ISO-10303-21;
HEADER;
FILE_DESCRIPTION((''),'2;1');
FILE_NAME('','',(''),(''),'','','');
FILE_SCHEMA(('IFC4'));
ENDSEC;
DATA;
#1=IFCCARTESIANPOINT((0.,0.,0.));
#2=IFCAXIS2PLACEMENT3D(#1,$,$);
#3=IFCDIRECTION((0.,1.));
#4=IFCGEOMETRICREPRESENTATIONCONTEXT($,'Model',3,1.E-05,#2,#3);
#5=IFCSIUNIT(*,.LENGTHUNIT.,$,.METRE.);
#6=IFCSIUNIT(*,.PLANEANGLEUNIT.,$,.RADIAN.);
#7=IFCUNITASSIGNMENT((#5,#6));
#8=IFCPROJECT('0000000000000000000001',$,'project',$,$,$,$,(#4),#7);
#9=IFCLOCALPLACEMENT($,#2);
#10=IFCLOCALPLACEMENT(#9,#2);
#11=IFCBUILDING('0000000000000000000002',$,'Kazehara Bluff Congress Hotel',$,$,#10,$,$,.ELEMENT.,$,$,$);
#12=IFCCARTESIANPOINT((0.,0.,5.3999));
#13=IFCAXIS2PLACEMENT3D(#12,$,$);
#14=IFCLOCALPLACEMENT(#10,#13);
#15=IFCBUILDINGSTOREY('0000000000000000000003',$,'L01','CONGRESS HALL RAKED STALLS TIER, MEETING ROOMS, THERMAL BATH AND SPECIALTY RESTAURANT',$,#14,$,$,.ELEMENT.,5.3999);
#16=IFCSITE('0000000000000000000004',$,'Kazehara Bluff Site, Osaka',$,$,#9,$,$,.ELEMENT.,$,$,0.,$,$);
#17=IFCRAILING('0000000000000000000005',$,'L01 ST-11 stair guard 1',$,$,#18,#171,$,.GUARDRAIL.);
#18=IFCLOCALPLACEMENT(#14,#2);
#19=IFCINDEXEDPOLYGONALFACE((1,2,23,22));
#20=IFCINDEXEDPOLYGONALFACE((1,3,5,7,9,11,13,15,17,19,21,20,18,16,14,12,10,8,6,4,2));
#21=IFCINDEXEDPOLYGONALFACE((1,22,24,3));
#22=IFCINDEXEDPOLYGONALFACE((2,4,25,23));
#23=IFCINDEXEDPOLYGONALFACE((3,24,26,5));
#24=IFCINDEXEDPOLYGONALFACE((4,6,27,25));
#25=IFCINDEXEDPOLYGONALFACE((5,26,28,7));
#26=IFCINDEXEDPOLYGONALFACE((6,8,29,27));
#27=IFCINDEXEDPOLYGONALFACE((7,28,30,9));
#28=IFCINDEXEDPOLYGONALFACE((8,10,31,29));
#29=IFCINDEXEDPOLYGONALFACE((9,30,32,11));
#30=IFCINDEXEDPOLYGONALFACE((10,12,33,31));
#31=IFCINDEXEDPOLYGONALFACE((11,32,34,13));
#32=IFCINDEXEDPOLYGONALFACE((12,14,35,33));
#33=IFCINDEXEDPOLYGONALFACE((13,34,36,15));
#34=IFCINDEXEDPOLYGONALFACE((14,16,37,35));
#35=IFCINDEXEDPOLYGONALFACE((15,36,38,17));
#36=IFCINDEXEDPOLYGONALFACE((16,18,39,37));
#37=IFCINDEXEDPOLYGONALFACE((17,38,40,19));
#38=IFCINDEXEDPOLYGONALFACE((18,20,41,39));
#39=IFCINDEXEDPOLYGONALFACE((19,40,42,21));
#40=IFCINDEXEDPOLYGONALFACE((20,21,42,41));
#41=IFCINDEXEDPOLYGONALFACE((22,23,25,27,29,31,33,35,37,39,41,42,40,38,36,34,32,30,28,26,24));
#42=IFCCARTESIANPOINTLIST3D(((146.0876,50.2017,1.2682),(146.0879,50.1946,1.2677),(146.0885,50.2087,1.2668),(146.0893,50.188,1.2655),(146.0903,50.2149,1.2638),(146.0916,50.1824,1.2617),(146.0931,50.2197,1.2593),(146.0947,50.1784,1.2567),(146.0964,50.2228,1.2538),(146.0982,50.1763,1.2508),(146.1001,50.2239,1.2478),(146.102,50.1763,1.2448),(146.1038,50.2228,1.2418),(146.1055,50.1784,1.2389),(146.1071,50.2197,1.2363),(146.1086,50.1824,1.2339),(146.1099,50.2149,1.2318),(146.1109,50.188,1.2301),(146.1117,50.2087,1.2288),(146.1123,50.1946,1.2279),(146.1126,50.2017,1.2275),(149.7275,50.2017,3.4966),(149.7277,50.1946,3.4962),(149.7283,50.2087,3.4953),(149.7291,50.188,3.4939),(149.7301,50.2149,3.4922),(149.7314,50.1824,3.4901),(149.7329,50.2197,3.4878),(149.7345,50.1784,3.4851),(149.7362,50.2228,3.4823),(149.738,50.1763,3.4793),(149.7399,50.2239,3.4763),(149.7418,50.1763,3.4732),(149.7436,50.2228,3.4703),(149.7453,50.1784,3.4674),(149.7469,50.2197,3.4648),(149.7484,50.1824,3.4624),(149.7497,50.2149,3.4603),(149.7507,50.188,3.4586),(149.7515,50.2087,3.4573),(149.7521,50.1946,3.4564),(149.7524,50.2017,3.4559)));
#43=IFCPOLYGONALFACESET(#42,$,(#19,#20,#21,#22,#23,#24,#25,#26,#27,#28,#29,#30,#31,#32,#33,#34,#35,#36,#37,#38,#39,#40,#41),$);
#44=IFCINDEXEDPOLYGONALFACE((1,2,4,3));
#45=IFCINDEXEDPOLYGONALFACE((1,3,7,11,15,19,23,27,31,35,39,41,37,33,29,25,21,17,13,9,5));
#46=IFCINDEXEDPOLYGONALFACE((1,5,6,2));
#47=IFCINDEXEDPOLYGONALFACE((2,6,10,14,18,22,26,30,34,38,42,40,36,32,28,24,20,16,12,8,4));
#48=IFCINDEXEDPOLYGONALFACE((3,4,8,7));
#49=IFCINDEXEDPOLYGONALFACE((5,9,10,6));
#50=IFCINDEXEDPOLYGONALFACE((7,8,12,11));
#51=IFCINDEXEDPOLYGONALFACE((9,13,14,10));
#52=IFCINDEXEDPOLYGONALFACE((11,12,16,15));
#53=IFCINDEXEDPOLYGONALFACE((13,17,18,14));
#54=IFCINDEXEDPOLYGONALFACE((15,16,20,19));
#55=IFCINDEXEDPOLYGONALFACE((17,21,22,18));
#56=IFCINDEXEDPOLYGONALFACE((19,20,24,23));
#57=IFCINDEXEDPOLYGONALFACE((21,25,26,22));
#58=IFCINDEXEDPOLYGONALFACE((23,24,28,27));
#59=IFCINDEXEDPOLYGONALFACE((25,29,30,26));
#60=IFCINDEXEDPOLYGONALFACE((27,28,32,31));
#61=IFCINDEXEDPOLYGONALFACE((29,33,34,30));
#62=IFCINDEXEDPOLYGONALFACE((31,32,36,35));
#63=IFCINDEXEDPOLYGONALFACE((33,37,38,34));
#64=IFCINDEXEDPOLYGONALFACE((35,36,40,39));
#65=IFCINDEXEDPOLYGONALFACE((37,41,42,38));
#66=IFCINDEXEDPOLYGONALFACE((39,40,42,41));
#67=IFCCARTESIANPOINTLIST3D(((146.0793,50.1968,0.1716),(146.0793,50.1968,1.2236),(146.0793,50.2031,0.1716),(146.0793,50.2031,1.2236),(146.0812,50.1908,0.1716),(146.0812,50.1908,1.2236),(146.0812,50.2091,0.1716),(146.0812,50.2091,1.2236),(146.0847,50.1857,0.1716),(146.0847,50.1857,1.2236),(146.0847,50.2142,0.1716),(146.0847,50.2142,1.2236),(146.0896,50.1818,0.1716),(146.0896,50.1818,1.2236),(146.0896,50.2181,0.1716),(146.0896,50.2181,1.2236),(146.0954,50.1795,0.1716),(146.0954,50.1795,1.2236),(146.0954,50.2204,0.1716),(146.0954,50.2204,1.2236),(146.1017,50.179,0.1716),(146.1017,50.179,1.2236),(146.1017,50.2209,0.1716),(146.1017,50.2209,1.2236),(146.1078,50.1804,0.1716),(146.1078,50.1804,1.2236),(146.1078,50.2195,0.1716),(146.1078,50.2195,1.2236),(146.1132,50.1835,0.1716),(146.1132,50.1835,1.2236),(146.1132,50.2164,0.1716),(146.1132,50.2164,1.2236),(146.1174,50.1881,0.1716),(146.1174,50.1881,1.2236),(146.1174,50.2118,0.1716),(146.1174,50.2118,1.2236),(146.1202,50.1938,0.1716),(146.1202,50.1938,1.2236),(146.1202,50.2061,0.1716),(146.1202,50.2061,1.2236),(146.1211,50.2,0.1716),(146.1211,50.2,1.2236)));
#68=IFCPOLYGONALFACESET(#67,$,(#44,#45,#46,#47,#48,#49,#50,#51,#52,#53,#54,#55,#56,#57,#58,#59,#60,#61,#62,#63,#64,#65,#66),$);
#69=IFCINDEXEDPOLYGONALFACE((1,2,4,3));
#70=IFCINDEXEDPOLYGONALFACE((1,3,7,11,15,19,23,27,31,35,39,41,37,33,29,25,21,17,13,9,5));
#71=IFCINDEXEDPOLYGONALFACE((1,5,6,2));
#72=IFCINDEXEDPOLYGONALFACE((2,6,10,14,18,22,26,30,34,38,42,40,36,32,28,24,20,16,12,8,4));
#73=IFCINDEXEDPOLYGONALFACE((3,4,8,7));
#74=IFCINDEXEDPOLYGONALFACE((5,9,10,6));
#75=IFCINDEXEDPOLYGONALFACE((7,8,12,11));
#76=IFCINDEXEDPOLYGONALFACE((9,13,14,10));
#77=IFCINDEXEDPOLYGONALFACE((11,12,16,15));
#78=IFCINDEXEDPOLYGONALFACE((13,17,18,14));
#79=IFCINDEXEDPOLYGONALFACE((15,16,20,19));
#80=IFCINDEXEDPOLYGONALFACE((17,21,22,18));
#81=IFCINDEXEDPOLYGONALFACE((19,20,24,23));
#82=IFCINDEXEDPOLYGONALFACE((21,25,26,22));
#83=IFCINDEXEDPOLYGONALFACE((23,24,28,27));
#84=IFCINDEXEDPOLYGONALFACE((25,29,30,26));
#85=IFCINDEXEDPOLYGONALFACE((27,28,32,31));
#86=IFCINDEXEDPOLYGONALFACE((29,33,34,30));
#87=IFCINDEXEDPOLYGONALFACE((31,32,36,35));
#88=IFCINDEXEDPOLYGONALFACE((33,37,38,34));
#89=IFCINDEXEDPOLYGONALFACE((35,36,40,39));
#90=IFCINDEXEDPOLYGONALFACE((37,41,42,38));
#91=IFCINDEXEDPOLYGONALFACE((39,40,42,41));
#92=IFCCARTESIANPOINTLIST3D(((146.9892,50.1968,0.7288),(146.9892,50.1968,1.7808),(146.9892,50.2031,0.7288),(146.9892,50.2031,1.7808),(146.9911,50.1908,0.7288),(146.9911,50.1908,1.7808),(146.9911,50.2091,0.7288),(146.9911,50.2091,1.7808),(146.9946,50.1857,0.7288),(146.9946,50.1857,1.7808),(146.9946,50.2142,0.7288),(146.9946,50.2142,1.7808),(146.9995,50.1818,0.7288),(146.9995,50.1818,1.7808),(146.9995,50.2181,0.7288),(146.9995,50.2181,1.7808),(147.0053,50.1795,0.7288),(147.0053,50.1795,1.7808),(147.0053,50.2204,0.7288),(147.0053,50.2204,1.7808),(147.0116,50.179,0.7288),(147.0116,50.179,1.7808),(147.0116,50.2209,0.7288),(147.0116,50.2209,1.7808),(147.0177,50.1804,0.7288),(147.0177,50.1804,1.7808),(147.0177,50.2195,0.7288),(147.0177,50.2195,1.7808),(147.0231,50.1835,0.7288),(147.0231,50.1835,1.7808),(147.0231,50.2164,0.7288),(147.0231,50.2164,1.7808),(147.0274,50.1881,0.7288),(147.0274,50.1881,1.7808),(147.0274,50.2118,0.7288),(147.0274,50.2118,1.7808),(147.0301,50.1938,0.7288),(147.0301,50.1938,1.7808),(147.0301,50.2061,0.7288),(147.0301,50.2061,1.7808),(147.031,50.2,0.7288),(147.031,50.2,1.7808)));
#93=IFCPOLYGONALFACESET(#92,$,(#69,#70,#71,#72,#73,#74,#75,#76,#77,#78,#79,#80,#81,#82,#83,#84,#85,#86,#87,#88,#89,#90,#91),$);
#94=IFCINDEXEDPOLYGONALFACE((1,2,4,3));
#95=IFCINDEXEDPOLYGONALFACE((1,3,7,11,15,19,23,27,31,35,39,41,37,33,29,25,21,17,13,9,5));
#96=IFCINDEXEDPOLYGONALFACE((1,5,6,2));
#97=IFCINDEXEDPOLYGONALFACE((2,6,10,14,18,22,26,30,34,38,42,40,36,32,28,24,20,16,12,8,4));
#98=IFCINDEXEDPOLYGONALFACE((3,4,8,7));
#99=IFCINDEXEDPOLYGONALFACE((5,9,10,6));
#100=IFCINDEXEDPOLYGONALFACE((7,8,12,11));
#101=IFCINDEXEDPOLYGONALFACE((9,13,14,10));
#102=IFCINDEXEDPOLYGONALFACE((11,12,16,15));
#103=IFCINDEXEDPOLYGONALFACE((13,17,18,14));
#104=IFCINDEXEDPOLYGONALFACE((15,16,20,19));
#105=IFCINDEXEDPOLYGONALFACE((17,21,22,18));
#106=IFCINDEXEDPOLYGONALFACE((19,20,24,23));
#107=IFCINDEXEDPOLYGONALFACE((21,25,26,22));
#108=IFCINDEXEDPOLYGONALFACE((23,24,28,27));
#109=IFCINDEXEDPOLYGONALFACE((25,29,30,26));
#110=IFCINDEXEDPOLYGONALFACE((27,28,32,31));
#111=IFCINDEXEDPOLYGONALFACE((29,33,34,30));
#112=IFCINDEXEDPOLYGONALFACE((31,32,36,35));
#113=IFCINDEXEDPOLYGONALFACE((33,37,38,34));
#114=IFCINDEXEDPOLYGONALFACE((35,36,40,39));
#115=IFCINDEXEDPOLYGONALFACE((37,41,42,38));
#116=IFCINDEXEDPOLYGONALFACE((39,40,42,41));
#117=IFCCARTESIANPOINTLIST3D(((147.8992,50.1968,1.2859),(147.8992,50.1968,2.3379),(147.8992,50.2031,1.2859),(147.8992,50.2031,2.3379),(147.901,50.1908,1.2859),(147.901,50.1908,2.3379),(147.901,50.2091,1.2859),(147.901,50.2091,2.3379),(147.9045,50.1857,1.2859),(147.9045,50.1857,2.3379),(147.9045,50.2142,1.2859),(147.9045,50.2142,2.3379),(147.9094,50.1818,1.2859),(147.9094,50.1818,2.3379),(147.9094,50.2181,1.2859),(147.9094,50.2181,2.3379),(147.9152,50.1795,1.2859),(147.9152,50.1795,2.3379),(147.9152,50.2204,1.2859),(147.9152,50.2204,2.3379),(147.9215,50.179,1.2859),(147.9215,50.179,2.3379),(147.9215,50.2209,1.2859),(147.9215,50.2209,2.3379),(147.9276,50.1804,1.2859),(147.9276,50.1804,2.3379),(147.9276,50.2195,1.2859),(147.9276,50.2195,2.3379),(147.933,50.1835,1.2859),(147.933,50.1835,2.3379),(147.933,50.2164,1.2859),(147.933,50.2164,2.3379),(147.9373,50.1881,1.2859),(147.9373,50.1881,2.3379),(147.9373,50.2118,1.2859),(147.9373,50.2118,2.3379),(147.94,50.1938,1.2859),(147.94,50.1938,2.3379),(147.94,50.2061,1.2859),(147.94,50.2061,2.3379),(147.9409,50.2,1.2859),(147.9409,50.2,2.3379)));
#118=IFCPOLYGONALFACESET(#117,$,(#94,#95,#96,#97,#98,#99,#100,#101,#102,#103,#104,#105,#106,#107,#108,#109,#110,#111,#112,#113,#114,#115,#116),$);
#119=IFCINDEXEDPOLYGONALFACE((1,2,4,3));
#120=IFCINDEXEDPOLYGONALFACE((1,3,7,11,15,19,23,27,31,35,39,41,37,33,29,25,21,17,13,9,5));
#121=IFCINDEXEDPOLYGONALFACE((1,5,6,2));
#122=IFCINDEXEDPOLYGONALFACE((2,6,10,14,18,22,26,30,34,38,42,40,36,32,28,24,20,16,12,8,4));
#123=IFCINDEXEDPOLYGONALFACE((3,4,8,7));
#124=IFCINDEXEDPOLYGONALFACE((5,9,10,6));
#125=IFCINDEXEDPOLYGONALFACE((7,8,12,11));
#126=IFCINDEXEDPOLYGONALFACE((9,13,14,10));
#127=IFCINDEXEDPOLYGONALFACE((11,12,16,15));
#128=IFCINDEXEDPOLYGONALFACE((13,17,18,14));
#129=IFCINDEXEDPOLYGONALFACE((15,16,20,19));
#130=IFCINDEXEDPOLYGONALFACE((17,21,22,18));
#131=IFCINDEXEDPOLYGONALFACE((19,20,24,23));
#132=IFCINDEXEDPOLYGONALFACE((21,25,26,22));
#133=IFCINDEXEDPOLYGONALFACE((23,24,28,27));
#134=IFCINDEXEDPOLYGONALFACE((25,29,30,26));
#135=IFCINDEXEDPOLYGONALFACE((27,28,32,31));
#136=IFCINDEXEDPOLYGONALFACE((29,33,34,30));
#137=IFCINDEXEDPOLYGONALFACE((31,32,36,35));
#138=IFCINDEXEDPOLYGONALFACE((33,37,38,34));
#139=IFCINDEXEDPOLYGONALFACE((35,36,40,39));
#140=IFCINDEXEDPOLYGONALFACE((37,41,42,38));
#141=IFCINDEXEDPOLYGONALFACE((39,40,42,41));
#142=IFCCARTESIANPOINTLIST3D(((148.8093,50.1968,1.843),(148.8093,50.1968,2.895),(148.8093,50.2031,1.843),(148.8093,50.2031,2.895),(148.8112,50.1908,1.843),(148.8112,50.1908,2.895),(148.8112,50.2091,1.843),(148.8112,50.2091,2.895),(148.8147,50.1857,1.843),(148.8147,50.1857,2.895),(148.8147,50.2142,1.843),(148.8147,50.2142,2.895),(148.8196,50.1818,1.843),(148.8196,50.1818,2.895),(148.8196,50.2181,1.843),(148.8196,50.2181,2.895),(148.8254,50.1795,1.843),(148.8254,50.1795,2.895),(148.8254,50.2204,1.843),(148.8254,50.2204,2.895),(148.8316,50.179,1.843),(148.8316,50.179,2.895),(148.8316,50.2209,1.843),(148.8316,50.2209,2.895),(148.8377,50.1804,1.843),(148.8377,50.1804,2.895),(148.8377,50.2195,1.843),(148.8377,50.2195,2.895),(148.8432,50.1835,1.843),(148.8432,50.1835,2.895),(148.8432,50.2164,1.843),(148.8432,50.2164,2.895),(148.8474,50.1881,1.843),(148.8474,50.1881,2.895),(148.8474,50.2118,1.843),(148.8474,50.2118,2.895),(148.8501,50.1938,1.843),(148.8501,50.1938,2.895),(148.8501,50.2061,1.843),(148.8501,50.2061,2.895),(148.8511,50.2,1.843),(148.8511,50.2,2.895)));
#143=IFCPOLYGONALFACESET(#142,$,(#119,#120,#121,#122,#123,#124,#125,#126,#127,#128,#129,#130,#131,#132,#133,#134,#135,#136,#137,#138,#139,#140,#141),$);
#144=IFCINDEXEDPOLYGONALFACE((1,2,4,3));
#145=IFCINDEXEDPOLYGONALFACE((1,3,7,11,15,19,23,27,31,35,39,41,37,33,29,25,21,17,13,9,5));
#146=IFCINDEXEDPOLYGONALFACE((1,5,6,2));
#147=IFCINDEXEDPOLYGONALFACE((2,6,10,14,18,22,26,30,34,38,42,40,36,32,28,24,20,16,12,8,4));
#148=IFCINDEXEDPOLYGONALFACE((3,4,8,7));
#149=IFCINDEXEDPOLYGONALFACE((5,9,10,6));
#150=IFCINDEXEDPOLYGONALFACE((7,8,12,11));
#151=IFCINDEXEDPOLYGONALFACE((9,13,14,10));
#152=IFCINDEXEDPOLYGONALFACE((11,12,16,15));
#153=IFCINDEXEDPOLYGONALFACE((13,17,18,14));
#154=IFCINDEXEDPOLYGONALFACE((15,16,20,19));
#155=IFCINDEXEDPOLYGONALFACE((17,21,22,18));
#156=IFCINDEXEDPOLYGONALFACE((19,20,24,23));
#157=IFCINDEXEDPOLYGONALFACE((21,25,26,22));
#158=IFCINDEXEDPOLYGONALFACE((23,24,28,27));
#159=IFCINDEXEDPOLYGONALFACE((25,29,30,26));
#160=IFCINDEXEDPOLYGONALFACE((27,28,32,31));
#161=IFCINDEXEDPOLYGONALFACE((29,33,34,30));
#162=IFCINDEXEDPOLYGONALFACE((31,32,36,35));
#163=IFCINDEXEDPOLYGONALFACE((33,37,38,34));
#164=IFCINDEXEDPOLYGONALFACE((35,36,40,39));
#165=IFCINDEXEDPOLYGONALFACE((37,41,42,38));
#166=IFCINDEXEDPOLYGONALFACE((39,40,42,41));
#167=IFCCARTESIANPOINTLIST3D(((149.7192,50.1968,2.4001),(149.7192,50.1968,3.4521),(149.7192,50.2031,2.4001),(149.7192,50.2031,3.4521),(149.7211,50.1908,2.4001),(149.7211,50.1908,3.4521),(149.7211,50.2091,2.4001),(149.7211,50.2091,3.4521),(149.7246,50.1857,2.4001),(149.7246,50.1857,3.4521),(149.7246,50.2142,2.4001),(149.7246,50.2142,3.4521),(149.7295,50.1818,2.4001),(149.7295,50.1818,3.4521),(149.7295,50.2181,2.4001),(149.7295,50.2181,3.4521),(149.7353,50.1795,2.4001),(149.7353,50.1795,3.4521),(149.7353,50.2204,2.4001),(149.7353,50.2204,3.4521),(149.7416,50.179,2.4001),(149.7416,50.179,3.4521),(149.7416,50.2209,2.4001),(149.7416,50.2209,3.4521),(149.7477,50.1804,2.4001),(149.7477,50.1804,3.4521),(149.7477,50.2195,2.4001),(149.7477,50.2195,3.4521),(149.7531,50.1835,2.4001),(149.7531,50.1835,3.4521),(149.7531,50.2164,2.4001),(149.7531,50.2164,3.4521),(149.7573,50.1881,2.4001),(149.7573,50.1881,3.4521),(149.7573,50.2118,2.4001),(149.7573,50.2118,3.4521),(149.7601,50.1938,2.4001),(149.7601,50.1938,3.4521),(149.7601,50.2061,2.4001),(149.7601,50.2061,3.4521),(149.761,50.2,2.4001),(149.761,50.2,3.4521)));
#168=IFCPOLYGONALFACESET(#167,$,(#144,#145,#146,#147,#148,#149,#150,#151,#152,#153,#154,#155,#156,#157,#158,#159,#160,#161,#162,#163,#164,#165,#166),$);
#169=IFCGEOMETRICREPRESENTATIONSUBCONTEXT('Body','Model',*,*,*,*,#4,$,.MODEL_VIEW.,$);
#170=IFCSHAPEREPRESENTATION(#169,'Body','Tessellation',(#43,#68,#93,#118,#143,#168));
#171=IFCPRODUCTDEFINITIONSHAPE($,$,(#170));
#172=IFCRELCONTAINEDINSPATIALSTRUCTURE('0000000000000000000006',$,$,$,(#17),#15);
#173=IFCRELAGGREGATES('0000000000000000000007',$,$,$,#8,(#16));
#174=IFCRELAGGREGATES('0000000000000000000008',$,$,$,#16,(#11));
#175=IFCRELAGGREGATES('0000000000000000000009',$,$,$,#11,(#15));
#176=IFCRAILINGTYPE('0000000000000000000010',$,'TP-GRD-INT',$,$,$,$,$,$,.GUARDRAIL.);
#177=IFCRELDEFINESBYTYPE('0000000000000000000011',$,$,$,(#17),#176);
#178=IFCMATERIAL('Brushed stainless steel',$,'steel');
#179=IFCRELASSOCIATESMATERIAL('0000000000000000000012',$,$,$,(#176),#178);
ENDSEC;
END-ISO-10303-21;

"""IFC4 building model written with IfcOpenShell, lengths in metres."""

from ifc_helpers import new_model, si_unit, direction, frame, origin, origin_2d, place, context, subcontext, project, spatial, circle, extrude, material, type_object, element, save


model = new_model("IFC4")

# Units and contexts
model_context = context("Model", 3, precision=1e-05, world=origin(), true_north=direction((0.0, 1.0)))
body_context = subcontext(model_context, "Body", "Model", "MODEL_VIEW")
ifc_project = project(units=[si_unit("LENGTHUNIT", "METRE"), si_unit("PLANEANGLEUNIT", "RADIAN")], contexts=[model_context])

# Site, building, storey
site_placement = place(None, origin())
site = spatial("IfcSite", under=ifc_project, at=site_placement, Name="Kazehara Bluff Site, Osaka", CompositionType="ELEMENT", RefElevation=0.0)
building_placement = place(site_placement, origin())
building = spatial("IfcBuilding", under=site, at=building_placement, Name="Kazehara Bluff Congress Hotel", CompositionType="ELEMENT")
storey_placement = place(building_placement, frame((0.0, 0.0, 5.3999)))
storey = spatial("IfcBuildingStorey", under=building, at=storey_placement, Name="L01", Description="CONGRESS HALL RAKED STALLS TIER, MEETING ROOMS, THERMAL BATH AND SPECIALTY RESTAURANT", CompositionType="ELEMENT", Elevation=5.3999)

# Railing
ifc_material_1 = material(Name="Brushed stainless steel", Category="steel")
railing_type_1 = type_object("IfcRailingType", Name="TP-GRD-INT", PredefinedType="GUARDRAIL", material=ifc_material_1)
railing_1_placement = place(storey_placement, frame((146.1001, 50.2, 0.1716)))
element("IfcRailing", 1, at=railing_1_placement, inside=storey, type_object=railing_type_1, Name="L01 ST-11 stair guard 1", PredefinedType="GUARDRAIL", context=body_context, shape_type="SweptSolid", body=[
    extrude(circle(Radius=0.0239, at=origin_2d()), frame((0.0, 0.0, 1.0762), z_axis=(0.85285, 0.0, 0.522156), x_axis=(0.0, 1.0, 0.0)), (0.0, 0.0, 1.0), 4.2678),
    extrude(circle(Radius=0.021, at=origin_2d()), origin(), (0.0, 0.0, 1.0), 1.052),
    extrude(circle(Radius=0.021, at=origin_2d()), frame((0.9099, 0.0, 0.5571)), (0.0, 0.0, 1.0), 1.052),
    extrude(circle(Radius=0.021, at=origin_2d()), frame((1.8198, 0.0, 1.1143)), (0.0, 0.0, 1.0), 1.052),
    extrude(circle(Radius=0.021, at=origin_2d()), frame((2.73, 0.0, 1.6714)), (0.0, 0.0, 1.0), 1.052),
    extrude(circle(Radius=0.021, at=origin_2d()), frame((3.6399, 0.0, 2.2285)), (0.0, 0.0, 1.0), 1.052),
])

save(model, "model.ifc")
